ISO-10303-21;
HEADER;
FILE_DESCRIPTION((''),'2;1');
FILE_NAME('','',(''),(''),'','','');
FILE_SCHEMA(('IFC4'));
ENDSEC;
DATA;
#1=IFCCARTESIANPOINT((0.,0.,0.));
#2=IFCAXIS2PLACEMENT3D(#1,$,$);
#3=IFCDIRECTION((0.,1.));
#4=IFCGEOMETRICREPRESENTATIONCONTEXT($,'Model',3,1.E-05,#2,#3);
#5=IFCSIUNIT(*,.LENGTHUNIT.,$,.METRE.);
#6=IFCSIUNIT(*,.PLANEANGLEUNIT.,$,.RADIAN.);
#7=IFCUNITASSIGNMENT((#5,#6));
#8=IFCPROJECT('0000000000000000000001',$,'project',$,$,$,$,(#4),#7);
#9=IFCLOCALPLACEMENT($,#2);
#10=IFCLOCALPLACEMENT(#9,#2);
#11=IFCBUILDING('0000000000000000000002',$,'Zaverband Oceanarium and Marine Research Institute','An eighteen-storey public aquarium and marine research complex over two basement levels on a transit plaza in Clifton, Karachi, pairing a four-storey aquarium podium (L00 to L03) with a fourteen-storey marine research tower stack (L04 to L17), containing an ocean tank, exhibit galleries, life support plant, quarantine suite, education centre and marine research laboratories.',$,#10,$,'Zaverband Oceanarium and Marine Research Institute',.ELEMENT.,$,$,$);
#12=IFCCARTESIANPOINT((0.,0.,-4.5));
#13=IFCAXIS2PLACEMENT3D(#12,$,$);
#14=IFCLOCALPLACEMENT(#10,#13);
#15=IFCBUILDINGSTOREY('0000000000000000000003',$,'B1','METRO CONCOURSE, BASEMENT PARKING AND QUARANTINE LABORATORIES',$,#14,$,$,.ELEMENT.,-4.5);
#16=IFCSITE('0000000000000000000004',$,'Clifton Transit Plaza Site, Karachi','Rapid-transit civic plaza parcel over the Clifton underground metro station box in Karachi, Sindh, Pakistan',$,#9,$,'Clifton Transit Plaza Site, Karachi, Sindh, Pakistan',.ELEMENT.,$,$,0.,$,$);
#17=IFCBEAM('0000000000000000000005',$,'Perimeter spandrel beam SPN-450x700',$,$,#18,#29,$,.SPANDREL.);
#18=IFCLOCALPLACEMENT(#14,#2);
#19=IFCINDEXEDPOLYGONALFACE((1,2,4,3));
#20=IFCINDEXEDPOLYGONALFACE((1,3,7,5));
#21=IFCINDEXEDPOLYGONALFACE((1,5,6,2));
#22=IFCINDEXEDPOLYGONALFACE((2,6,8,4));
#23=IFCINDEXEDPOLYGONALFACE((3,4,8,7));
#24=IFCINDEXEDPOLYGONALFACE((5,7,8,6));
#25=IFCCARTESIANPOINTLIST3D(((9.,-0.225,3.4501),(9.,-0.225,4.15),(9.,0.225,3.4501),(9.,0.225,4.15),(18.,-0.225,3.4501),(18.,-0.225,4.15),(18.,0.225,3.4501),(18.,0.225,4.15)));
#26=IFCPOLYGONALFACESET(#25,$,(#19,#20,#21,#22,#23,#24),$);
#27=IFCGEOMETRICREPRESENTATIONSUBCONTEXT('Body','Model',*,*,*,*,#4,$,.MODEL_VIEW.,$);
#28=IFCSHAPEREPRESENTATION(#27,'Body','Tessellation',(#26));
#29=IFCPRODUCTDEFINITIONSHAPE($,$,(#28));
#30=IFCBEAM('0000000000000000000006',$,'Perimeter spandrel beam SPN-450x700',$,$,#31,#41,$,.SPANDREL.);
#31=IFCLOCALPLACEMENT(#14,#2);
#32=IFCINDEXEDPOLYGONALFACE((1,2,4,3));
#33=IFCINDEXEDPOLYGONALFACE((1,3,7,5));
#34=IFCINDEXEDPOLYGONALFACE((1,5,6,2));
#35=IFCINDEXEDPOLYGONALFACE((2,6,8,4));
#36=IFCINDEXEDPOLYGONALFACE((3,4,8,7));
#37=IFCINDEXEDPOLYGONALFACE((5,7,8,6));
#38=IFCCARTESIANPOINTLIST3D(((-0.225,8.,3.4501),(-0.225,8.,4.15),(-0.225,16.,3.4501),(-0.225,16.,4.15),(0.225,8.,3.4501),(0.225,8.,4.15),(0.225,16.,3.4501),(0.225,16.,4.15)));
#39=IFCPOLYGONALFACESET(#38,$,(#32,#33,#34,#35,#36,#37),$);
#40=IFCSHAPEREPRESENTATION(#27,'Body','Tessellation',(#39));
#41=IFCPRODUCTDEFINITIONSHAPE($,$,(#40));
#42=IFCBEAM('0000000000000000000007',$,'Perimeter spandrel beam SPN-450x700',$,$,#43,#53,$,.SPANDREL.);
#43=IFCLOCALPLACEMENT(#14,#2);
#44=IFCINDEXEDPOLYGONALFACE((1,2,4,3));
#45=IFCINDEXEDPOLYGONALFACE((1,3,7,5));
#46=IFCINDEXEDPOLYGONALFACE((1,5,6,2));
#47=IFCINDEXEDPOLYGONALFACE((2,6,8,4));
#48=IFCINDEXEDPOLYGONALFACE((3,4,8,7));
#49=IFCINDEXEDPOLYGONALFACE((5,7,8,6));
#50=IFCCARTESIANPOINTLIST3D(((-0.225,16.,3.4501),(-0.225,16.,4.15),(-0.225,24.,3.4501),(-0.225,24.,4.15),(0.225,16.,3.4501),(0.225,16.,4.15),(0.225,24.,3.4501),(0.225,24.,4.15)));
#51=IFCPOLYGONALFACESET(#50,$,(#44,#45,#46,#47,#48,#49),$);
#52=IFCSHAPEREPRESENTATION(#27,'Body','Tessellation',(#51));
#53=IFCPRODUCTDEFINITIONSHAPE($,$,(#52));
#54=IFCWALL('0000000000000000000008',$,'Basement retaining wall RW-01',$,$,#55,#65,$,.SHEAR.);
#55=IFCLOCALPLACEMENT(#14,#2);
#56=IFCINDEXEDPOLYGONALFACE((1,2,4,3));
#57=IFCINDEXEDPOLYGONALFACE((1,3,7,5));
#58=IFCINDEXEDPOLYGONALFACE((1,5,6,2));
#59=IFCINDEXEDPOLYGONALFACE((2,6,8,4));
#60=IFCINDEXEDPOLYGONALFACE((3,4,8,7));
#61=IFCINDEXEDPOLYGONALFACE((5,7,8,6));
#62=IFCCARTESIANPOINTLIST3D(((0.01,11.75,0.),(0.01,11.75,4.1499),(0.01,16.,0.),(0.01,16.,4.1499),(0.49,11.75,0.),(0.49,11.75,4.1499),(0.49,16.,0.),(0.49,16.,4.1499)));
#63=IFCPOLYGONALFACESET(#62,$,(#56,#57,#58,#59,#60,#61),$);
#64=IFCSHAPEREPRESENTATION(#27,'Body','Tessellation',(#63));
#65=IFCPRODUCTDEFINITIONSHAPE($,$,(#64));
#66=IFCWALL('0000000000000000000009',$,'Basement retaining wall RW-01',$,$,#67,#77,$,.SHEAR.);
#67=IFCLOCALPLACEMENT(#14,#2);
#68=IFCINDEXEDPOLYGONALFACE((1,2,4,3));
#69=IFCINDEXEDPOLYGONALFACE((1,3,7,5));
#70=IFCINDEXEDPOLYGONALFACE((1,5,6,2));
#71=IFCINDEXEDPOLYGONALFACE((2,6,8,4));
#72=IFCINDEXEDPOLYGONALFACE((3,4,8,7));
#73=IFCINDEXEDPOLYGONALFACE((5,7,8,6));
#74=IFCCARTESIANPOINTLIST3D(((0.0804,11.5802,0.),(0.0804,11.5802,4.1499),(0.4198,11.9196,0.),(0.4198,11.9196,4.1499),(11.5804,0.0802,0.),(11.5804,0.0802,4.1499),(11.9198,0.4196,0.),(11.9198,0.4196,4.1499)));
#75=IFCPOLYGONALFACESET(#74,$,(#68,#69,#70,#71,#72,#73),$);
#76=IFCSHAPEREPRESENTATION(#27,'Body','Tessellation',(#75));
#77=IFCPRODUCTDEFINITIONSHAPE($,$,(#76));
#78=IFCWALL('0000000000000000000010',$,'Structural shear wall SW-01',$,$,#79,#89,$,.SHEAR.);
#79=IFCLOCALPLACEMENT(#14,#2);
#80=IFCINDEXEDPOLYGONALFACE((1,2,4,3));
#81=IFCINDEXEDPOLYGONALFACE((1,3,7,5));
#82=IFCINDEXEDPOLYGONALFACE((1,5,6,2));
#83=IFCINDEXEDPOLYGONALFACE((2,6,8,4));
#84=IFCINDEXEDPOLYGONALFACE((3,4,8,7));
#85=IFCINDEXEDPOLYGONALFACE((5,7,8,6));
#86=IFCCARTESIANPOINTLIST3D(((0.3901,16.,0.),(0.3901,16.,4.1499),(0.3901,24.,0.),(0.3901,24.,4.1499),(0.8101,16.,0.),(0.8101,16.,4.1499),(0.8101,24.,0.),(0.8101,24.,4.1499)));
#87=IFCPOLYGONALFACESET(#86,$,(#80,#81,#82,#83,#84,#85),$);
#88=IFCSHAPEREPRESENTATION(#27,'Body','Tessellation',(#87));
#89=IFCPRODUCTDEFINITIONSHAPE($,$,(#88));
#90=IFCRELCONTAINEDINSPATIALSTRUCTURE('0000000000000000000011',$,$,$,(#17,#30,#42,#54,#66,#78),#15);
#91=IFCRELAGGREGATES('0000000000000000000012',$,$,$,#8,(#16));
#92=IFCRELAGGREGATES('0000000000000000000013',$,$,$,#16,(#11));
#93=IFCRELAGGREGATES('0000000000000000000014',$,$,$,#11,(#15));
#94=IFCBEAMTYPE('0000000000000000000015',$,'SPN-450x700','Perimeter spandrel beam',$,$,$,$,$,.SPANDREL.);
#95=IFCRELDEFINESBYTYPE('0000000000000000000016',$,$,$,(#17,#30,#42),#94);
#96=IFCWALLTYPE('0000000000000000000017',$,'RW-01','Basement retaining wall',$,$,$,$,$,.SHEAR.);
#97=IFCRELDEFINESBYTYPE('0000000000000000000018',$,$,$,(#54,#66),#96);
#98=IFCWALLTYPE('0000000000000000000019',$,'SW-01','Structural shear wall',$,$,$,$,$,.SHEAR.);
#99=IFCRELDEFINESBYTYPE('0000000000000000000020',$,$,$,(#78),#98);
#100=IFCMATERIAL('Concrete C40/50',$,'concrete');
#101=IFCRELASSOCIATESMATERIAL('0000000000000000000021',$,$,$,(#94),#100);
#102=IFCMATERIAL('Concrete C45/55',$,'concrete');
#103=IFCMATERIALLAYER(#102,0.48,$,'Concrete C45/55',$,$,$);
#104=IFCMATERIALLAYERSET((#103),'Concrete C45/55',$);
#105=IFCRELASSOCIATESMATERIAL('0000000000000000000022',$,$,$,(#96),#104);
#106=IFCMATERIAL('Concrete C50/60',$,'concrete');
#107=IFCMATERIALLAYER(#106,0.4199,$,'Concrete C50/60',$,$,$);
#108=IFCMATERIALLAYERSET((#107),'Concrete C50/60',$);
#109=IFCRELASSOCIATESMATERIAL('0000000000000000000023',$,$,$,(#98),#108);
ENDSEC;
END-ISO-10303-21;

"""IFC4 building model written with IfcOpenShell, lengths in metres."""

from ifc_helpers import new_model, si_unit, direction, frame, frame_2d, origin, origin_2d, place, context, subcontext, project, spatial, rectangle, extrude, material, layer, layer_set, material_profile, profile_set, type_object, element, save


model = new_model("IFC4")

# Units and contexts
model_context = context("Model", 3, precision=1e-05, world=origin(), true_north=direction((0.0, 1.0)))
body_context = subcontext(model_context, "Body", "Model", "MODEL_VIEW")
ifc_project = project(units=[si_unit("LENGTHUNIT", "METRE"), si_unit("PLANEANGLEUNIT", "RADIAN")], contexts=[model_context])

# Site, building, storey
site_placement = place(None, origin())
site = spatial("IfcSite", under=ifc_project, at=site_placement, Name="Clifton Transit Plaza Site, Karachi", Description="Rapid-transit civic plaza parcel over the Clifton underground metro station box in Karachi, Sindh, Pakistan", LongName="Clifton Transit Plaza Site, Karachi, Sindh, Pakistan", CompositionType="ELEMENT", RefElevation=0.0)
building_placement = place(site_placement, origin())
building = spatial("IfcBuilding", under=site, at=building_placement, Name="Zaverband Oceanarium and Marine Research Institute", Description="An eighteen-storey public aquarium and marine research complex over two basement levels on a transit plaza in Clifton, Karachi, pairing a four-storey aquarium podium (L00 to L03) with a fourteen-storey marine research tower stack (L04 to L17), containing an ocean tank, exhibit galleries, life support plant, quarantine suite, education centre and marine research laboratories.", LongName="Zaverband Oceanarium and Marine Research Institute", CompositionType="ELEMENT")
storey_placement = place(building_placement, frame((0.0, 0.0, -4.5)))
storey = spatial("IfcBuildingStorey", under=building, at=storey_placement, Name="B1", Description="METRO CONCOURSE, BASEMENT PARKING AND QUARANTINE LABORATORIES", CompositionType="ELEMENT", Elevation=-4.5)

# Shared definitions
ifc_material_1 = material(Name="Concrete C50/60", Category="concrete")

# Beams
ifc_material_2 = material(Name="Concrete C40/50", Category="concrete")
ifc_material_profile_1 = material_profile(ifc_material_2, rectangle(XDim=0.45, YDim=0.7, at=origin_2d()), Name="RC450x700")
ifc_profile_set_1 = profile_set([ifc_material_profile_1], Name="Concrete C40/50")
beam_type_1 = type_object("IfcBeamType", Name="SPN-450x700", Description="Perimeter spandrel beam", PredefinedType="SPANDREL", material=ifc_profile_set_1)
beam_placement = place(storey_placement, frame((9.0, 0.0, 3.8), z_axis=(1.0, 0.0, 0.0), x_axis=(0.0, 1.0, 0.0)))
element("IfcBeam", 1, at=beam_placement, inside=storey, type_object=beam_type_1, Name="Perimeter spandrel beam SPN-450x700", PredefinedType="SPANDREL", context=body_context, shape_type="SweptSolid", body=[
    extrude(rectangle(XDim=0.45, YDim=0.7, at=origin_2d()), origin(), (0.0, 0.0, 1.0), 9.0),
])
for number, where, z_axis, x_axis, name in (
    (2, (0.0, 8.0, 3.8), (0.0, 1.0, 0.0), (-1.0, 0.0, 0.0), "Perimeter spandrel beam SPN-450x700"),
    (3, (0.0, 16.0, 3.8), (0.0, 1.0, 0.0), (-1.0, 0.0, 0.0), "Perimeter spandrel beam SPN-450x700"),
):
    element("IfcBeam", number, at=place(storey_placement, frame(where, z_axis=z_axis, x_axis=x_axis)), inside=storey, type_object=beam_type_1, Name=name, PredefinedType="SPANDREL", context=body_context, shape_type="SweptSolid", body=[
        extrude(rectangle(XDim=0.45, YDim=0.7, at=origin_2d()), origin(), (0.0, 0.0, 1.0), 8.0),
    ])

# Walls
ifc_material_3 = material(Name="Concrete C45/55", Category="concrete")
ifc_layer_1 = layer(ifc_material_3, 0.48, Name="Concrete C45/55")
ifc_layer_set_1 = layer_set([ifc_layer_1], Name="Concrete C45/55")
wall_type_1 = type_object("IfcWallType", Name="RW-01", Description="Basement retaining wall", PredefinedType="SHEAR", material=ifc_layer_set_1)
wall_1_placement = place(storey_placement, frame((0.25, 16.0, 0.0), z_axis=(0.0, 0.0, 1.0), x_axis=(0.0, -1.0, 0.0)))
element("IfcWall", 4, at=wall_1_placement, inside=storey, type_object=wall_type_1, Name="Basement retaining wall RW-01", PredefinedType="SHEAR", context=body_context, shape_type="SweptSolid", body=[
    extrude(rectangle(XDim=4.25, YDim=0.48, at=frame_2d((2.125, 0.0))), origin(), (0.0, 0.0, 1.0), 4.1499),
])
wall_2_placement = place(storey_placement, frame((0.25, 11.75, 0.0), z_axis=(0.0, 0.0, 1.0), x_axis=(0.707107, -0.707107, 0.0)))
element("IfcWall", 5, at=wall_2_placement, inside=storey, type_object=wall_type_1, Name="Basement retaining wall RW-01", PredefinedType="SHEAR", context=body_context, shape_type="SweptSolid", body=[
    extrude(rectangle(XDim=16.2634, YDim=0.48, at=frame_2d((8.1318, 0.0))), origin(), (0.0, 0.0, 1.0), 4.1499),
])
ifc_layer_2 = layer(ifc_material_1, 0.4199, Name="Concrete C50/60")
ifc_layer_set_2 = layer_set([ifc_layer_2], Name="Concrete C50/60")
wall_type_2 = type_object("IfcWallType", Name="SW-01", Description="Structural shear wall", PredefinedType="SHEAR", material=ifc_layer_set_2)
wall_3_placement = place(storey_placement, frame((0.6001, 16.0, 0.0), z_axis=(0.0, 0.0, 1.0), x_axis=(0.0, 1.0, 0.0)))
element("IfcWall", 6, at=wall_3_placement, inside=storey, type_object=wall_type_2, Name="Structural shear wall SW-01", PredefinedType="SHEAR", context=body_context, shape_type="SweptSolid", body=[
    extrude(rectangle(XDim=8.0, YDim=0.4199, at=frame_2d((4.0, 0.0))), origin(), (0.0, 0.0, 1.0), 4.1499),
])

save(model, "model.ifc")
